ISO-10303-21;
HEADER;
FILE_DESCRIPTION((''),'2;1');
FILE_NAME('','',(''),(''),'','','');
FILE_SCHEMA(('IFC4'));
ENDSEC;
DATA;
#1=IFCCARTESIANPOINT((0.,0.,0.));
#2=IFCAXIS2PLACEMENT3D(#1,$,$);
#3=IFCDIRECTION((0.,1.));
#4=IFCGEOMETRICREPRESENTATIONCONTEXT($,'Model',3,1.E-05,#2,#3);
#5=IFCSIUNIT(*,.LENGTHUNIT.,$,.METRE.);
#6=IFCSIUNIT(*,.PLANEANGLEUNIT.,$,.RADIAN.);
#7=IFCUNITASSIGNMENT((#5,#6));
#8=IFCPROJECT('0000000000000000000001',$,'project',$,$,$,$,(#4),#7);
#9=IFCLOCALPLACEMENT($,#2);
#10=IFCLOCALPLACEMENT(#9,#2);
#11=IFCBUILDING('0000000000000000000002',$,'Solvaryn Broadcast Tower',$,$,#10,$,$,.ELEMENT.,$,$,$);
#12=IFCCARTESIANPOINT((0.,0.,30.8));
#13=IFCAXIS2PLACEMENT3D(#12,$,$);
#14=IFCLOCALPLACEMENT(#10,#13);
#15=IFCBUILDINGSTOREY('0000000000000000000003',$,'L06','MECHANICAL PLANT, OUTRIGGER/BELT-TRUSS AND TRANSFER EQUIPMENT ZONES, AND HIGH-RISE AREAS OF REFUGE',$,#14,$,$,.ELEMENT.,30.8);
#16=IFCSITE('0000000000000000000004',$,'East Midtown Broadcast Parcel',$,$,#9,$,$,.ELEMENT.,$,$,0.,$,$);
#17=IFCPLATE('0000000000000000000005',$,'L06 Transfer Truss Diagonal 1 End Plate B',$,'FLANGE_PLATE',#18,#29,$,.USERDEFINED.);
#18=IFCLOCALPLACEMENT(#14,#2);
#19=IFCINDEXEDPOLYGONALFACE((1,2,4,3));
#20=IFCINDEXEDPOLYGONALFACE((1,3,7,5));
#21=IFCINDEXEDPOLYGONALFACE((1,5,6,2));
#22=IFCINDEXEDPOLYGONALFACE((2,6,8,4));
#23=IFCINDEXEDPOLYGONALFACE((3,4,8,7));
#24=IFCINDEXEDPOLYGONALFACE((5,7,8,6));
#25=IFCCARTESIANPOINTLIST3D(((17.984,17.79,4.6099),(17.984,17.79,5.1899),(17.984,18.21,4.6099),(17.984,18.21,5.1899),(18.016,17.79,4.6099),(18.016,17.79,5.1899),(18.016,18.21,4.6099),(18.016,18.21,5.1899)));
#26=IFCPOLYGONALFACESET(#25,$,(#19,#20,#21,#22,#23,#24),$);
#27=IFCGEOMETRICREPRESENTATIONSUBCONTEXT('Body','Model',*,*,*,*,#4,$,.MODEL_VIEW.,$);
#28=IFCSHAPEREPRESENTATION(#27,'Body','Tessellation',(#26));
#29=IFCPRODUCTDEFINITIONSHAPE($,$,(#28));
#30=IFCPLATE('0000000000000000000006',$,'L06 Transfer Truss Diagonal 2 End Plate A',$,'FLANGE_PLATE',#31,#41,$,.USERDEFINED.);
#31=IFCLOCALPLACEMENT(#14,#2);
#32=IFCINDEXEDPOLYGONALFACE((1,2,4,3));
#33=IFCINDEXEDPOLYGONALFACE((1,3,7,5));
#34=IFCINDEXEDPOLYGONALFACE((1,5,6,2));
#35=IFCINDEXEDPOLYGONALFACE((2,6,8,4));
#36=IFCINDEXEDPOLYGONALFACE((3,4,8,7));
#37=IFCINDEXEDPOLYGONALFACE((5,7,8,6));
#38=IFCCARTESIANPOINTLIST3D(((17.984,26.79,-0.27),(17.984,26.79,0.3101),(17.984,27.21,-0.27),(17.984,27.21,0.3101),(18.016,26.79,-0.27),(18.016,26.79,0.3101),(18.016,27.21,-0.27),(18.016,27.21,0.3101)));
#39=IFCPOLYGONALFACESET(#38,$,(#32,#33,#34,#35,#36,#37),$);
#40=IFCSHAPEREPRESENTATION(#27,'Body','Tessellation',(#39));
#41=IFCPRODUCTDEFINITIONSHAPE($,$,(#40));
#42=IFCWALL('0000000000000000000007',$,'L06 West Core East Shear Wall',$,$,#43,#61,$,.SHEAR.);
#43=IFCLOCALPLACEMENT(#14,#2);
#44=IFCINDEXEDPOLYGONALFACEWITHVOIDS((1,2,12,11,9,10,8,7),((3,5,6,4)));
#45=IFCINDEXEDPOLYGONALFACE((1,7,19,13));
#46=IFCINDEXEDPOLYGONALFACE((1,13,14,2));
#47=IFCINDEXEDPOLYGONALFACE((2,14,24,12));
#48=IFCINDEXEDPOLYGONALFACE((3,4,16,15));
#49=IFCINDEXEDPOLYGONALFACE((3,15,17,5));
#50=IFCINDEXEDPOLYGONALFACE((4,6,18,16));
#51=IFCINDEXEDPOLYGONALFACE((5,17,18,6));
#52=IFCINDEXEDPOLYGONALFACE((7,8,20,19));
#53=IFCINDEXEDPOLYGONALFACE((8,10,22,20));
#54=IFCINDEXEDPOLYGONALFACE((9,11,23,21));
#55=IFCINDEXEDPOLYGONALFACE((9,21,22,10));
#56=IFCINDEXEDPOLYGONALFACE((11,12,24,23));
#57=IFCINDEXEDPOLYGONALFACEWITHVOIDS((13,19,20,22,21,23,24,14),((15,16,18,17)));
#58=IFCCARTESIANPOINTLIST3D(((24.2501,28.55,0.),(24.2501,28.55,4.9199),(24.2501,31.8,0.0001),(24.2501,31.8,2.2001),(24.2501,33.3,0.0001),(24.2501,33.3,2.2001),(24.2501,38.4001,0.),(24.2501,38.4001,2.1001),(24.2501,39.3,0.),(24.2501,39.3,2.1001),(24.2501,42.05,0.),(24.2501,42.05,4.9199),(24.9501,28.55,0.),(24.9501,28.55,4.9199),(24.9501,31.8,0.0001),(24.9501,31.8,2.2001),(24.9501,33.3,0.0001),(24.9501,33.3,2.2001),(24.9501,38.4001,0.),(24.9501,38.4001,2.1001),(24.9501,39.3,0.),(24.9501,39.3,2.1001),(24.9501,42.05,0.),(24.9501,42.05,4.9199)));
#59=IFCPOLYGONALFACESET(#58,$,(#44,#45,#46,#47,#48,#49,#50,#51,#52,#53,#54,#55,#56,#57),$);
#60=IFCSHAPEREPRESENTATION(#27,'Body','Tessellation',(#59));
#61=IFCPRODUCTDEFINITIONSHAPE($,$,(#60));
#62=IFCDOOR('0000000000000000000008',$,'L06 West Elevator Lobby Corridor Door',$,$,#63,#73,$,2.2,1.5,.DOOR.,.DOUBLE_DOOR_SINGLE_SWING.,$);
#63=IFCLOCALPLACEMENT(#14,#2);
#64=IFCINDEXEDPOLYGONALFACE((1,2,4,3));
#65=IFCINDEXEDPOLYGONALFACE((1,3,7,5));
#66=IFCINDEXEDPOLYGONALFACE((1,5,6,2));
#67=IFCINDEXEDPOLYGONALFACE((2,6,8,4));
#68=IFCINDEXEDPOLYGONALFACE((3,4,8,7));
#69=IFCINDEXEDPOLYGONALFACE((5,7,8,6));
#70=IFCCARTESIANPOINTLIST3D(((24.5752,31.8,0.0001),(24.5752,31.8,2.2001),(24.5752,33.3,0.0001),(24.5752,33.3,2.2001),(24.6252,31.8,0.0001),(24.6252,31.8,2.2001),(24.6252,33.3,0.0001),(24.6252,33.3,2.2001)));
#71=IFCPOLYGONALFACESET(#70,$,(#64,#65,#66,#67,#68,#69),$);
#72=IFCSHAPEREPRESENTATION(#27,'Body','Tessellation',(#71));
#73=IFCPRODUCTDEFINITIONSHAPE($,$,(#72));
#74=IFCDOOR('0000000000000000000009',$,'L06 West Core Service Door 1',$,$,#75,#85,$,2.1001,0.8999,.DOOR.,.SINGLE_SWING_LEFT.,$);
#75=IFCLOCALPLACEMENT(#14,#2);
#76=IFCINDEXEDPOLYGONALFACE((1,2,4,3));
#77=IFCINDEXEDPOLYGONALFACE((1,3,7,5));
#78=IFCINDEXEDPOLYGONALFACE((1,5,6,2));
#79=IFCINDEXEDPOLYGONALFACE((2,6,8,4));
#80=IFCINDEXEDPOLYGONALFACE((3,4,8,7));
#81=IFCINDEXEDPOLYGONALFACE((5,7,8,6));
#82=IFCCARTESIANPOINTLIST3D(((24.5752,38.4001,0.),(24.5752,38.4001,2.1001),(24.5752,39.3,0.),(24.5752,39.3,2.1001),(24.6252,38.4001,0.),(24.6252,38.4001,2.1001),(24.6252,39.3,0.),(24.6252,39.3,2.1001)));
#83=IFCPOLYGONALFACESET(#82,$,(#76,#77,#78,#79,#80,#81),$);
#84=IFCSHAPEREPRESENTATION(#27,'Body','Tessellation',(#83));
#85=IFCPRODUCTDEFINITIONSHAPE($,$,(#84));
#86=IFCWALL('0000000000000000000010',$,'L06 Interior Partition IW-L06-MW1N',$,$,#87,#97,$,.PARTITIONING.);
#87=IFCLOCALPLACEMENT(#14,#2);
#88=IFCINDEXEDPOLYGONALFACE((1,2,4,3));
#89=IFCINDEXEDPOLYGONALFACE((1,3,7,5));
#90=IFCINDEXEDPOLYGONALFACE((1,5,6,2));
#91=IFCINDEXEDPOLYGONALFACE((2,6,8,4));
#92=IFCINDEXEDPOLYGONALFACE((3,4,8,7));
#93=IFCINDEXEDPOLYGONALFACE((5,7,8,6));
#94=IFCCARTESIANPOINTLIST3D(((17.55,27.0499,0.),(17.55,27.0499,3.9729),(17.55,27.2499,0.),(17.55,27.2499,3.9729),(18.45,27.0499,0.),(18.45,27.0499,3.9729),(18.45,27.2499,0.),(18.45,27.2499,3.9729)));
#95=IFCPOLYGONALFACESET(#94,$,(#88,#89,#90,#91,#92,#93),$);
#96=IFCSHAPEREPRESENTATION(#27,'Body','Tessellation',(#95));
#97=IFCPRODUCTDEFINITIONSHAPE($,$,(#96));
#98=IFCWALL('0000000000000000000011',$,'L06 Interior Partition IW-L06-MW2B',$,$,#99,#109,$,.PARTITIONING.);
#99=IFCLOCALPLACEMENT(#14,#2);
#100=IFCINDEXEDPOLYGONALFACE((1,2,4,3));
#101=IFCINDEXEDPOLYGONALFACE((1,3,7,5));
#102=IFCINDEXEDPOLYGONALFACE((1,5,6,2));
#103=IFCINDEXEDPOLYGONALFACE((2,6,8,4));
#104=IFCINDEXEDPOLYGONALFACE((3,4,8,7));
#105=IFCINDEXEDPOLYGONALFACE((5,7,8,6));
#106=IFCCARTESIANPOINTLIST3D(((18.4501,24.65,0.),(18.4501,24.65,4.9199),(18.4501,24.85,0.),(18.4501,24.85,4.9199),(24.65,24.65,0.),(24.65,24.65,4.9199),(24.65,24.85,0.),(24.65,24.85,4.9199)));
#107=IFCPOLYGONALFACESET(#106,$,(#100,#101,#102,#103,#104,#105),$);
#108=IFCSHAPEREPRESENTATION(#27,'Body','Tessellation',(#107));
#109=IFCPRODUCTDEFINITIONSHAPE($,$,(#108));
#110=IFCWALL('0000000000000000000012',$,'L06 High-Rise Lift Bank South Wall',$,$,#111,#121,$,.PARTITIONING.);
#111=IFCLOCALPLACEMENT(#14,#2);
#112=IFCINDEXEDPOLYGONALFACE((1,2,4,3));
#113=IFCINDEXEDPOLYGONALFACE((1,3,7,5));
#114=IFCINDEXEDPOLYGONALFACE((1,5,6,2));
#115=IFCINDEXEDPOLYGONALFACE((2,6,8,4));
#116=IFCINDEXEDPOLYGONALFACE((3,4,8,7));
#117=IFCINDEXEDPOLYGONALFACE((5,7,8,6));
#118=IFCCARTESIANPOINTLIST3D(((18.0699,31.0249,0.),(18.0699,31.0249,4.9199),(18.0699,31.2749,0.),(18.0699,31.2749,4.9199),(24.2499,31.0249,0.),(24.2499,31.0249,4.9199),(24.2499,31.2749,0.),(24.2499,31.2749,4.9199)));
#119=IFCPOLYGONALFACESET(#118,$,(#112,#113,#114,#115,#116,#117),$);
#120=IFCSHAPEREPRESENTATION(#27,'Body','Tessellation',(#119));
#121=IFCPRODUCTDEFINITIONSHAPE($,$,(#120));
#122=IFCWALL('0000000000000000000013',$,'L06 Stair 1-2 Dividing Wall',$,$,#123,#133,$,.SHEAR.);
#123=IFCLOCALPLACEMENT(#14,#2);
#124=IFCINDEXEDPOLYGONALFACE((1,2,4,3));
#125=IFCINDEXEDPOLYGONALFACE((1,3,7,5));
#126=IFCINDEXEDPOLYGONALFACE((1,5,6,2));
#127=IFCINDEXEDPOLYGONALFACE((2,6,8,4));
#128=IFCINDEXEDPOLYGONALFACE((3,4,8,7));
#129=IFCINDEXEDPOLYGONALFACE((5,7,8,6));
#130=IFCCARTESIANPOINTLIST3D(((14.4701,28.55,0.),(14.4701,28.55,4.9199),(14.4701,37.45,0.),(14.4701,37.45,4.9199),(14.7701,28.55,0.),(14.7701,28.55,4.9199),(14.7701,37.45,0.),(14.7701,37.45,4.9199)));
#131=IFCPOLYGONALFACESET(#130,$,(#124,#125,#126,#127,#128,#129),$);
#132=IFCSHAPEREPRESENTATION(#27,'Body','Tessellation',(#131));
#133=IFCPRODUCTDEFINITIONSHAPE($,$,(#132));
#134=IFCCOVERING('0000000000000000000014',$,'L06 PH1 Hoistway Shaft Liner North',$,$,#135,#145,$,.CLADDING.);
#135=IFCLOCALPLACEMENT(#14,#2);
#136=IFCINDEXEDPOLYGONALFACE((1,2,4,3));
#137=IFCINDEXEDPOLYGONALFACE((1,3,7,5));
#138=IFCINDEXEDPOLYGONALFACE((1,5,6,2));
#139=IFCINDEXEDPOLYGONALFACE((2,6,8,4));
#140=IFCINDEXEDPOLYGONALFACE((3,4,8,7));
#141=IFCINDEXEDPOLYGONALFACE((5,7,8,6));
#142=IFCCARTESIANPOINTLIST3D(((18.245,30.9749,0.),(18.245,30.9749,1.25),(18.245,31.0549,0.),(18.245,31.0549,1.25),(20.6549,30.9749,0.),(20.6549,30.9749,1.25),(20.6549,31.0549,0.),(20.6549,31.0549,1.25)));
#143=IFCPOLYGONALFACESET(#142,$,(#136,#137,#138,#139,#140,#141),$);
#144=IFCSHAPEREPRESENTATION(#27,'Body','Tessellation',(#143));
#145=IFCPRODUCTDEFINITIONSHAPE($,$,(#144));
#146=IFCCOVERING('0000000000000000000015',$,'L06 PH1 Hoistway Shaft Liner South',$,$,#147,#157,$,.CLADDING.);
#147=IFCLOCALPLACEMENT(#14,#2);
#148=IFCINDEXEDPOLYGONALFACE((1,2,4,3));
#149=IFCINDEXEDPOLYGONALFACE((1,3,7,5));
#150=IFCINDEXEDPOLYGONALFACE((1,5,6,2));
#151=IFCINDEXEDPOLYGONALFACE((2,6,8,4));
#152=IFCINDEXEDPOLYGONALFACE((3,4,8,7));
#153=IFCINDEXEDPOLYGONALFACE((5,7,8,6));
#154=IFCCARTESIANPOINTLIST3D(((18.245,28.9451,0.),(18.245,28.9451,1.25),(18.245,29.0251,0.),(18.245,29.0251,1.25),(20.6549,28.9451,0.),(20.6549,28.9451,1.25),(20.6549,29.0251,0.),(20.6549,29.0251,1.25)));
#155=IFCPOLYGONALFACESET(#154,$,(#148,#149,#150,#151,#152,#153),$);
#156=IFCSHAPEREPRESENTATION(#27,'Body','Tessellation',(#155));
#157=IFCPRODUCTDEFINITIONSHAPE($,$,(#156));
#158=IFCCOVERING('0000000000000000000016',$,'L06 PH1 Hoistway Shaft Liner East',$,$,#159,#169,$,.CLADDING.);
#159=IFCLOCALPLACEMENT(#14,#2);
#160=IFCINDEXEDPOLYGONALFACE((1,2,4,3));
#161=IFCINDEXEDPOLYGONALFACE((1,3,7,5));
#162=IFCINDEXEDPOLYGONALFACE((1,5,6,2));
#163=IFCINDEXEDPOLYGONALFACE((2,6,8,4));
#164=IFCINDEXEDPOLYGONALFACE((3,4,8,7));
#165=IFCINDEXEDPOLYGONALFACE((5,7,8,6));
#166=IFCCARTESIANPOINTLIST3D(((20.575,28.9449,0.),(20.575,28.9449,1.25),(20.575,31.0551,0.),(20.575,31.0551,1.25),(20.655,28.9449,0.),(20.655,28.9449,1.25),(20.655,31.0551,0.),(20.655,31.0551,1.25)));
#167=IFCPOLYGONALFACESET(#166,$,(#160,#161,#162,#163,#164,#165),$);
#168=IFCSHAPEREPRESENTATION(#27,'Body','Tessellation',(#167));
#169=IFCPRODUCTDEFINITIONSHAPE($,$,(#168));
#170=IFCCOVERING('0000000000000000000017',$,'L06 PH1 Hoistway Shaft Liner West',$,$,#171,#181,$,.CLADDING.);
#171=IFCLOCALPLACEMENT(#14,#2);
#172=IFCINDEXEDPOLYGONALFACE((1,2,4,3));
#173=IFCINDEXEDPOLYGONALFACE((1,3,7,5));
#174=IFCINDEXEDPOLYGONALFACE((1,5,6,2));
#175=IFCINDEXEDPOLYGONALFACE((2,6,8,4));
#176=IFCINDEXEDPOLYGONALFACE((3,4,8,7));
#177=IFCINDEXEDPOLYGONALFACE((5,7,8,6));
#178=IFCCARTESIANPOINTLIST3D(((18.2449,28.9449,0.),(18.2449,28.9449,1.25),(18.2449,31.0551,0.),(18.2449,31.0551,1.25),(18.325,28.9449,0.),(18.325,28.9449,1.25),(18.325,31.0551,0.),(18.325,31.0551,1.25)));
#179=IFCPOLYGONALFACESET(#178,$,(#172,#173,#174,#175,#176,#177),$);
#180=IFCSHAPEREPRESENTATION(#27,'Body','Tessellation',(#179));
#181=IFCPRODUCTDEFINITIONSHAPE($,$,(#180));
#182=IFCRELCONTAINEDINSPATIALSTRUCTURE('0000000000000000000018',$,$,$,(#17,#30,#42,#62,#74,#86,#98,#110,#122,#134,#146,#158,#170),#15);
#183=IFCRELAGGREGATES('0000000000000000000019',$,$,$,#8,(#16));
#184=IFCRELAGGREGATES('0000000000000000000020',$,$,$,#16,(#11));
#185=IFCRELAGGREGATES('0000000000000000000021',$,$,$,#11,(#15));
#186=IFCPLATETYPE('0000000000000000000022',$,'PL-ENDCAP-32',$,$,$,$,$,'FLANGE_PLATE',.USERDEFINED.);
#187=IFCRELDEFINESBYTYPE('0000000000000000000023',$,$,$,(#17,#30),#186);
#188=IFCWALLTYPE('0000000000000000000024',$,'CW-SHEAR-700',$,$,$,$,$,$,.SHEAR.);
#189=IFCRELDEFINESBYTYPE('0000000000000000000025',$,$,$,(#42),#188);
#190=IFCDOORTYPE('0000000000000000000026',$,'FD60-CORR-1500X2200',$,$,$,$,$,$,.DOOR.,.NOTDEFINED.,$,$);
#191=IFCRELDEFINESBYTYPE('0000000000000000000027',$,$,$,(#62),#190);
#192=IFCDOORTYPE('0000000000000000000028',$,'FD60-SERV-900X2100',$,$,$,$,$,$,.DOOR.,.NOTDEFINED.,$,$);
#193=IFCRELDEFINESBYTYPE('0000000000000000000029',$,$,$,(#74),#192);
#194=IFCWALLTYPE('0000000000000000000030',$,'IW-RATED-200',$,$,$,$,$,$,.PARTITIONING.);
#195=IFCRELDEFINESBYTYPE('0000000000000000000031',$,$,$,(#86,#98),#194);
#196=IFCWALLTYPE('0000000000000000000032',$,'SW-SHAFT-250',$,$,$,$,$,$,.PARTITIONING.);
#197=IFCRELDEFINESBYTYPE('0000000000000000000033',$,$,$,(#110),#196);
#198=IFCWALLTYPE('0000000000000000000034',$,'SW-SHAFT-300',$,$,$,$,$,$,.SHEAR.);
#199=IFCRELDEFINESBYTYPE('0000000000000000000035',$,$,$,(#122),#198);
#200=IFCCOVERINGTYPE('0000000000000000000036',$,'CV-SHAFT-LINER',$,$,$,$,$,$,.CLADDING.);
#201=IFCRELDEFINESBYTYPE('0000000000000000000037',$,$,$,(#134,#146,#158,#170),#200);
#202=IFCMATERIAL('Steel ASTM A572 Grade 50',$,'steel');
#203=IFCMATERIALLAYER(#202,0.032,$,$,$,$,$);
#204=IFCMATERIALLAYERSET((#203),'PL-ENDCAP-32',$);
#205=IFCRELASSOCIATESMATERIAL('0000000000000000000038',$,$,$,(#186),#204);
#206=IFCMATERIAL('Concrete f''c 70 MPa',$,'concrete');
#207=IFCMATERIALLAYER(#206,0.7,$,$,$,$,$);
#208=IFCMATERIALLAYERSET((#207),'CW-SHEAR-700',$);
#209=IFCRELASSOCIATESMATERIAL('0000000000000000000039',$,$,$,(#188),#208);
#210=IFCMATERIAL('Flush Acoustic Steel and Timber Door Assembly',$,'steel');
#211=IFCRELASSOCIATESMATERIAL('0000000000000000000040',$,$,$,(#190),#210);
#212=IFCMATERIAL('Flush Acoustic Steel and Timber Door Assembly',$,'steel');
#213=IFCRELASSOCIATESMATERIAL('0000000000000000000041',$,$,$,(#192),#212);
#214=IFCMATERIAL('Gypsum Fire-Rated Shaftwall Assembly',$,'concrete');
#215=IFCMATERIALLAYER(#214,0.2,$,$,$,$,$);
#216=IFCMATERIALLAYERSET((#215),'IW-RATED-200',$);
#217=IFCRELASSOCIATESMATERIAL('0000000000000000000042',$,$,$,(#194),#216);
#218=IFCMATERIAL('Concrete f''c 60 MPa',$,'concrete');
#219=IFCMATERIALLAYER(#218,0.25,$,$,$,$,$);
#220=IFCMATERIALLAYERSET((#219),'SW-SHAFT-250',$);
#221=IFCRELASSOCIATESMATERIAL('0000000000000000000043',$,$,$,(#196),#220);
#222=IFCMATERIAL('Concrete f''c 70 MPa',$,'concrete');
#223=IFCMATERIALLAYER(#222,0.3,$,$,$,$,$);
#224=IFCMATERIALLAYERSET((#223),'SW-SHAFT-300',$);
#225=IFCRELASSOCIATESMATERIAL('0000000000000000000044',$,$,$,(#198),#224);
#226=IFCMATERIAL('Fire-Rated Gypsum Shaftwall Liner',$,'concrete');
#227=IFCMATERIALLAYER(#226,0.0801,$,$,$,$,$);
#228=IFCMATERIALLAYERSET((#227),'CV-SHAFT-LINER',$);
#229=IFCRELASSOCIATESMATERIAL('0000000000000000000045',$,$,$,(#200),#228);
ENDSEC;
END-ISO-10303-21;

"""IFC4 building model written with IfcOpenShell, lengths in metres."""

from ifc_helpers import new_model, si_unit, direction, frame, frame_2d, origin, origin_2d, place, context, subcontext, project, spatial, rectangle, extrude, material, layer, layer_set, type_object, element, fill, save


model = new_model("IFC4")

# Units and contexts
model_context = context("Model", 3, precision=1e-05, world=origin(), true_north=direction((0.0, 1.0)))
body_context = subcontext(model_context, "Body", "Model", "MODEL_VIEW")
ifc_project = project(units=[si_unit("LENGTHUNIT", "METRE"), si_unit("PLANEANGLEUNIT", "RADIAN")], contexts=[model_context])

# Site, building, storey
site_placement = place(None, origin())
site = spatial("IfcSite", under=ifc_project, at=site_placement, Name="East Midtown Broadcast Parcel", CompositionType="ELEMENT", RefElevation=0.0)
building_placement = place(site_placement, origin())
building = spatial("IfcBuilding", under=site, at=building_placement, Name="Solvaryn Broadcast Tower", CompositionType="ELEMENT")
storey_placement = place(building_placement, frame((0.0, 0.0, 30.8)))
storey = spatial("IfcBuildingStorey", under=building, at=storey_placement, Name="L06", Description="MECHANICAL PLANT, OUTRIGGER/BELT-TRUSS AND TRANSFER EQUIPMENT ZONES, AND HIGH-RISE AREAS OF REFUGE", CompositionType="ELEMENT", Elevation=30.8)

# Plates
ifc_material_1 = material(Name="Steel ASTM A572 Grade 50", Category="steel")
ifc_layer_1 = layer(ifc_material_1, 0.032)
ifc_layer_set_1 = layer_set([ifc_layer_1], Name="PL-ENDCAP-32")
plate_type = type_object("IfcPlateType", Name="PL-ENDCAP-32", ElementType="FLANGE_PLATE", PredefinedType="USERDEFINED", material=ifc_layer_set_1)
for number, where, z_axis, x_axis, name in (
    (1, (18.0, 18.0, 4.6099), (0.0, 0.0, 1.0), (1.0, 0.0, 0.0), "L06 Transfer Truss Diagonal 1 End Plate B"),
    (2, (18.0, 27.0, -0.27), (0.0, 0.0, 1.0), (1.0, 0.0, 0.0), "L06 Transfer Truss Diagonal 2 End Plate A"),
):
    element("IfcPlate", number, at=place(storey_placement, frame(where, z_axis=z_axis, x_axis=x_axis)), inside=storey, type_object=plate_type, Name=name, ObjectType="FLANGE_PLATE", PredefinedType="USERDEFINED", context=body_context, shape_type="SweptSolid", body=[
        extrude(rectangle(XDim=0.032, YDim=0.4199, at=origin_2d()), origin(), (0.0, 0.0, 1.0), 0.5801),
    ])

# Wall, openings, doors
ifc_material_2 = material(Name="Concrete f'c 70 MPa", Category="concrete")
ifc_layer_2 = layer(ifc_material_2, 0.7)
ifc_layer_set_2 = layer_set([ifc_layer_2], Name="CW-SHEAR-700")
wall_type_1 = type_object("IfcWallType", Name="CW-SHEAR-700", PredefinedType="SHEAR", material=ifc_layer_set_2)
wall_1_placement = place(storey_placement, frame((24.6001, 28.55, 0.0), z_axis=(0.0, 0.0, 1.0), x_axis=(0.0, 1.0, 0.0)))
wall_1 = element("IfcWall", 3, at=wall_1_placement, inside=storey, type_object=wall_type_1, Name="L06 West Core East Shear Wall", PredefinedType="SHEAR", context=body_context, shape_type="SweptSolid", body=[
    extrude(rectangle(XDim=13.5, YDim=0.7, at=frame_2d((6.75, 0.0))), origin(), (0.0, 0.0, 1.0), 4.9199),
])
opening_1_placement = place(wall_1_placement, frame((3.25, 0.0, 0.0)))
opening_1 = element("IfcOpeningElement", 4, at=opening_1_placement, cuts=wall_1, PredefinedType="OPENING", context=body_context, shape_type="SweptSolid", body=[
    extrude(rectangle(XDim=1.5, YDim=2.2, at=frame_2d((0.75, 1.1001))), frame((0.0, 0.3601, 0.0), z_axis=(0.0, -1.0, 0.0), x_axis=(1.0, 0.0, 0.0)), (0.0, 0.0, 1.0), 0.72),
])
opening_2_placement = place(wall_1_placement, frame((9.8501, 0.0, 0.0)))
opening_2 = element("IfcOpeningElement", 5, at=opening_2_placement, cuts=wall_1, PredefinedType="OPENING", context=body_context, shape_type="SweptSolid", body=[
    extrude(rectangle(XDim=0.8999, YDim=2.1001, at=frame_2d((0.45, 1.05))), frame((0.0, 0.3601, 0.0), z_axis=(0.0, -1.0, 0.0), x_axis=(1.0, 0.0, 0.0)), (0.0, 0.0, 1.0), 0.72),
])
ifc_material_3 = material(Name="Flush Acoustic Steel and Timber Door Assembly", Category="steel")
door_type_1 = type_object("IfcDoorType", Name="FD60-CORR-1500X2200", OperationType="NOTDEFINED", PredefinedType="DOOR", material=ifc_material_3)
door_1_placement = place(opening_1_placement, origin())
door_1 = element("IfcDoor", 6, at=door_1_placement, inside=storey, type_object=door_type_1, Name="L06 West Elevator Lobby Corridor Door", OperationType="DOUBLE_DOOR_SINGLE_SWING", OverallHeight=2.2, OverallWidth=1.5, PredefinedType="DOOR", context=body_context, shape_type="SweptSolid", body=[
    extrude(rectangle(XDim=1.5, YDim=2.2, at=frame_2d((0.75, 1.1001))), frame((0.0, 0.0249, 0.0), z_axis=(0.0, -1.0, 0.0), x_axis=(1.0, 0.0, 0.0)), (0.0, 0.0, 1.0), 0.05),
])
fill(opening_1, door_1)
ifc_material_4 = material(Name="Flush Acoustic Steel and Timber Door Assembly", Category="steel")
door_type_2 = type_object("IfcDoorType", Name="FD60-SERV-900X2100", OperationType="NOTDEFINED", PredefinedType="DOOR", material=ifc_material_4)
door_2_placement = place(opening_2_placement, origin())
door_2 = element("IfcDoor", 7, at=door_2_placement, inside=storey, type_object=door_type_2, Name="L06 West Core Service Door 1", OperationType="SINGLE_SWING_LEFT", OverallHeight=2.1001, OverallWidth=0.8999, PredefinedType="DOOR", context=body_context, shape_type="SweptSolid", body=[
    extrude(rectangle(XDim=0.8999, YDim=2.1001, at=frame_2d((0.45, 1.05))), frame((0.0, 0.0249, 0.0), z_axis=(0.0, -1.0, 0.0), x_axis=(1.0, 0.0, 0.0)), (0.0, 0.0, 1.0), 0.05),
])
fill(opening_2, door_2)

# Walls
ifc_material_5 = material(Name="Gypsum Fire-Rated Shaftwall Assembly", Category="concrete")
ifc_layer_3 = layer(ifc_material_5, 0.2)
ifc_layer_set_3 = layer_set([ifc_layer_3], Name="IW-RATED-200")
wall_type_2 = type_object("IfcWallType", Name="IW-RATED-200", PredefinedType="PARTITIONING", material=ifc_layer_set_3)
wall_2_placement = place(storey_placement, frame((17.55, 27.1499, 0.0), z_axis=(0.0, 0.0, 1.0), x_axis=(1.0, 0.0, 0.0)))
element("IfcWall", 8, at=wall_2_placement, inside=storey, type_object=wall_type_2, Name="L06 Interior Partition IW-L06-MW1N", PredefinedType="PARTITIONING", context=body_context, shape_type="SweptSolid", body=[
    extrude(rectangle(XDim=0.8999, YDim=0.2, at=frame_2d((0.45, 0.0))), origin(), (0.0, 0.0, 1.0), 3.9729),
])
wall_3_placement = place(storey_placement, frame((18.45, 24.75, 0.0), z_axis=(0.0, 0.0, 1.0), x_axis=(1.0, 0.0, 0.0)))
element("IfcWall", 9, at=wall_3_placement, inside=storey, type_object=wall_type_2, Name="L06 Interior Partition IW-L06-MW2B", PredefinedType="PARTITIONING", context=body_context, shape_type="SweptSolid", body=[
    extrude(rectangle(XDim=6.2, YDim=0.2, at=frame_2d((3.1001, 0.0))), origin(), (0.0, 0.0, 1.0), 4.9199),
])
ifc_material_6 = material(Name="Concrete f'c 60 MPa", Category="concrete")
ifc_layer_4 = layer(ifc_material_6, 0.25)
ifc_layer_set_4 = layer_set([ifc_layer_4], Name="SW-SHAFT-250")
wall_type_3 = type_object("IfcWallType", Name="SW-SHAFT-250", PredefinedType="PARTITIONING", material=ifc_layer_set_4)
wall_4_placement = place(storey_placement, frame((18.0701, 31.1499, 0.0), z_axis=(0.0, 0.0, 1.0), x_axis=(1.0, 0.0, 0.0)))
element("IfcWall", 10, at=wall_4_placement, inside=storey, type_object=wall_type_3, Name="L06 High-Rise Lift Bank South Wall", PredefinedType="PARTITIONING", context=body_context, shape_type="SweptSolid", body=[
    extrude(rectangle(XDim=6.1799, YDim=0.25, at=frame_2d((3.0898, 0.0))), origin(), (0.0, 0.0, 1.0), 4.9199),
])
ifc_material_7 = material(Name="Concrete f'c 70 MPa", Category="concrete")
ifc_layer_5 = layer(ifc_material_7, 0.3)
ifc_layer_set_5 = layer_set([ifc_layer_5], Name="SW-SHAFT-300")
wall_type_4 = type_object("IfcWallType", Name="SW-SHAFT-300", PredefinedType="SHEAR", material=ifc_layer_set_5)
wall_5_placement = place(storey_placement, frame((14.6201, 28.55, 0.0), z_axis=(0.0, 0.0, 1.0), x_axis=(0.0, 1.0, 0.0)))
element("IfcWall", 11, at=wall_5_placement, inside=storey, type_object=wall_type_4, Name="L06 Stair 1-2 Dividing Wall", PredefinedType="SHEAR", context=body_context, shape_type="SweptSolid", body=[
    extrude(rectangle(XDim=8.8999, YDim=0.3, at=frame_2d((4.45, 0.0))), origin(), (0.0, 0.0, 1.0), 4.9199),
])

# Coverings
ifc_material_8 = material(Name="Fire-Rated Gypsum Shaftwall Liner", Category="concrete")
ifc_layer_6 = layer(ifc_material_8, 0.0801)
ifc_layer_set_6 = layer_set([ifc_layer_6], Name="CV-SHAFT-LINER")
covering_type = type_object("IfcCoveringType", Name="CV-SHAFT-LINER", PredefinedType="CLADDING", material=ifc_layer_set_6)
for number, where, z_axis, x_axis, name in (
    (12, (19.45, 31.0149, 0.0), (0.0, 0.0, 1.0), (1.0, 0.0, 0.0), "L06 PH1 Hoistway Shaft Liner North"),
    (13, (19.45, 28.9851, 0.0), (0.0, 0.0, 1.0), (1.0, 0.0, 0.0), "L06 PH1 Hoistway Shaft Liner South"),
):
    element("IfcCovering", number, at=place(storey_placement, frame(where, z_axis=z_axis, x_axis=x_axis)), inside=storey, type_object=covering_type, Name=name, PredefinedType="CLADDING", context=body_context, shape_type="SweptSolid", body=[
        extrude(rectangle(XDim=2.4099, YDim=0.0801, at=origin_2d()), origin(), (0.0, 0.0, 1.0), 1.25),
    ])
for number, where, z_axis, x_axis, name in (
    (14, (20.615, 30.0, 0.0), (0.0, 0.0, 1.0), (1.0, 0.0, 0.0), "L06 PH1 Hoistway Shaft Liner East"),
    (15, (18.2849, 30.0, 0.0), (0.0, 0.0, 1.0), (1.0, 0.0, 0.0), "L06 PH1 Hoistway Shaft Liner West"),
):
    element("IfcCovering", number, at=place(storey_placement, frame(where, z_axis=z_axis, x_axis=x_axis)), inside=storey, type_object=covering_type, Name=name, PredefinedType="CLADDING", context=body_context, shape_type="SweptSolid", body=[
        extrude(rectangle(XDim=0.0801, YDim=2.1101, at=origin_2d()), origin(), (0.0, 0.0, 1.0), 1.25),
    ])

save(model, "model.ifc")
